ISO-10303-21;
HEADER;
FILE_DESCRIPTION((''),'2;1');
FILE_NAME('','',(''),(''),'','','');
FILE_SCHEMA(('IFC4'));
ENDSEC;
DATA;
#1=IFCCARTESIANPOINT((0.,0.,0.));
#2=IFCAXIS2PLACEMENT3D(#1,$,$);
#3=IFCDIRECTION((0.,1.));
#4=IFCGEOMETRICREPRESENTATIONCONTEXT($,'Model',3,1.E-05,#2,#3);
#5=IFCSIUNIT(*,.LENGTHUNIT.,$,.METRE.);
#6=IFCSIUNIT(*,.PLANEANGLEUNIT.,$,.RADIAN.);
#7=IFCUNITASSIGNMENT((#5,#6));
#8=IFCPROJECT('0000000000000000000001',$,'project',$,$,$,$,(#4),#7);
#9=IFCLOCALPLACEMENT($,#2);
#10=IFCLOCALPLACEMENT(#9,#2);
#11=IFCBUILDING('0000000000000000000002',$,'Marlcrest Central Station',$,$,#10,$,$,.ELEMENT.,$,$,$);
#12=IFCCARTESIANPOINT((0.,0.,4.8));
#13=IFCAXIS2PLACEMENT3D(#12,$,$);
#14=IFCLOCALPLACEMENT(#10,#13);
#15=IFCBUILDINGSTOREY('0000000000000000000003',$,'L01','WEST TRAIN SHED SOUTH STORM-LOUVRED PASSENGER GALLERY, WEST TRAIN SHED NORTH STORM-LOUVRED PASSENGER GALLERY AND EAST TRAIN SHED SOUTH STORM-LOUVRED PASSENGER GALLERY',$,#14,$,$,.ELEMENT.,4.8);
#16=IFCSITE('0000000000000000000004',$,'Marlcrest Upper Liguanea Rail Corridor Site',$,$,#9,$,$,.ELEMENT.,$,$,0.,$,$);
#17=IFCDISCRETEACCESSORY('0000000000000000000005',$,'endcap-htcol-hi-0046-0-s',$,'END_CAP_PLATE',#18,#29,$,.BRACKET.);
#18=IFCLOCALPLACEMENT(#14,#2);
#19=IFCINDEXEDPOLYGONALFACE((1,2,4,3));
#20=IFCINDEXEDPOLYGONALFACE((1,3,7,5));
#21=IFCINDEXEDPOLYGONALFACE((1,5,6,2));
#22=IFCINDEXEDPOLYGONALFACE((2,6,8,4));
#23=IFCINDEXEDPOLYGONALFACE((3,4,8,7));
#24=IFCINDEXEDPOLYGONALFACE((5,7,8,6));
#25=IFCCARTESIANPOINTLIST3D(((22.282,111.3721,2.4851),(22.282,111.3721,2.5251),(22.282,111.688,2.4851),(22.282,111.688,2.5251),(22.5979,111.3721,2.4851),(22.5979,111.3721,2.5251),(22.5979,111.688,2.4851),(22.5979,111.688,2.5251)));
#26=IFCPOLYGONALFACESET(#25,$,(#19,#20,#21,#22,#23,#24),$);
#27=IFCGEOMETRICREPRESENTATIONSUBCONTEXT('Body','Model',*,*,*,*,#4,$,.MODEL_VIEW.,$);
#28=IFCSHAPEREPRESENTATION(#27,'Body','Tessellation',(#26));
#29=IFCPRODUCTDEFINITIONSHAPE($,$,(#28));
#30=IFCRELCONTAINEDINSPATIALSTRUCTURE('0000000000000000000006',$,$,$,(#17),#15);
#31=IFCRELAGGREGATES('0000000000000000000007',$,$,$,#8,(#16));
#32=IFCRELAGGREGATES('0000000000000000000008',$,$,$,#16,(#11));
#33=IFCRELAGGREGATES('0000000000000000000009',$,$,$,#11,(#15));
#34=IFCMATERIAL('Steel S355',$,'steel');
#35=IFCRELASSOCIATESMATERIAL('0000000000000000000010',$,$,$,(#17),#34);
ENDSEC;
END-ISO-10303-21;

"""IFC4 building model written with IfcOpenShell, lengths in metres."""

from ifc_helpers import new_model, si_unit, direction, frame, origin, origin_2d, place, context, subcontext, project, spatial, rectangle, extrude, material, element, save


model = new_model("IFC4")

# Units and contexts
model_context = context("Model", 3, precision=1e-05, world=origin(), true_north=direction((0.0, 1.0)))
body_context = subcontext(model_context, "Body", "Model", "MODEL_VIEW")
ifc_project = project(units=[si_unit("LENGTHUNIT", "METRE"), si_unit("PLANEANGLEUNIT", "RADIAN")], contexts=[model_context])

# Site, building, storey
site_placement = place(None, origin())
site = spatial("IfcSite", under=ifc_project, at=site_placement, Name="Marlcrest Upper Liguanea Rail Corridor Site", CompositionType="ELEMENT", RefElevation=0.0)
building_placement = place(site_placement, origin())
building = spatial("IfcBuilding", under=site, at=building_placement, Name="Marlcrest Central Station", CompositionType="ELEMENT")
storey_placement = place(building_placement, frame((0.0, 0.0, 4.8)))
storey = spatial("IfcBuildingStorey", under=building, at=storey_placement, Name="L01", Description="WEST TRAIN SHED SOUTH STORM-LOUVRED PASSENGER GALLERY, WEST TRAIN SHED NORTH STORM-LOUVRED PASSENGER GALLERY AND EAST TRAIN SHED SOUTH STORM-LOUVRED PASSENGER GALLERY", CompositionType="ELEMENT", Elevation=4.8)

# Shared definitions
ifc_material_1 = material(Name="Steel S355", Category="steel")

# Discrete accessory
for number, where, z_axis, x_axis, name in (
    (1, (22.4399, 111.53, 2.4851), (0.0, 0.0, 1.0), (1.0, 0.0, 0.0), "endcap-htcol-hi-0046-0-s"),
):
    element("IfcDiscreteAccessory", number, at=place(storey_placement, frame(where, z_axis=z_axis, x_axis=x_axis)), inside=storey, material=ifc_material_1, Name=name, ObjectType="END_CAP_PLATE", PredefinedType="BRACKET", context=body_context, shape_type="SweptSolid", body=[
        extrude(rectangle(XDim=0.3159, YDim=0.3159, at=origin_2d()), origin(), (0.0, 0.0, 1.0), 0.04),
    ])

save(model, "model.ifc")
